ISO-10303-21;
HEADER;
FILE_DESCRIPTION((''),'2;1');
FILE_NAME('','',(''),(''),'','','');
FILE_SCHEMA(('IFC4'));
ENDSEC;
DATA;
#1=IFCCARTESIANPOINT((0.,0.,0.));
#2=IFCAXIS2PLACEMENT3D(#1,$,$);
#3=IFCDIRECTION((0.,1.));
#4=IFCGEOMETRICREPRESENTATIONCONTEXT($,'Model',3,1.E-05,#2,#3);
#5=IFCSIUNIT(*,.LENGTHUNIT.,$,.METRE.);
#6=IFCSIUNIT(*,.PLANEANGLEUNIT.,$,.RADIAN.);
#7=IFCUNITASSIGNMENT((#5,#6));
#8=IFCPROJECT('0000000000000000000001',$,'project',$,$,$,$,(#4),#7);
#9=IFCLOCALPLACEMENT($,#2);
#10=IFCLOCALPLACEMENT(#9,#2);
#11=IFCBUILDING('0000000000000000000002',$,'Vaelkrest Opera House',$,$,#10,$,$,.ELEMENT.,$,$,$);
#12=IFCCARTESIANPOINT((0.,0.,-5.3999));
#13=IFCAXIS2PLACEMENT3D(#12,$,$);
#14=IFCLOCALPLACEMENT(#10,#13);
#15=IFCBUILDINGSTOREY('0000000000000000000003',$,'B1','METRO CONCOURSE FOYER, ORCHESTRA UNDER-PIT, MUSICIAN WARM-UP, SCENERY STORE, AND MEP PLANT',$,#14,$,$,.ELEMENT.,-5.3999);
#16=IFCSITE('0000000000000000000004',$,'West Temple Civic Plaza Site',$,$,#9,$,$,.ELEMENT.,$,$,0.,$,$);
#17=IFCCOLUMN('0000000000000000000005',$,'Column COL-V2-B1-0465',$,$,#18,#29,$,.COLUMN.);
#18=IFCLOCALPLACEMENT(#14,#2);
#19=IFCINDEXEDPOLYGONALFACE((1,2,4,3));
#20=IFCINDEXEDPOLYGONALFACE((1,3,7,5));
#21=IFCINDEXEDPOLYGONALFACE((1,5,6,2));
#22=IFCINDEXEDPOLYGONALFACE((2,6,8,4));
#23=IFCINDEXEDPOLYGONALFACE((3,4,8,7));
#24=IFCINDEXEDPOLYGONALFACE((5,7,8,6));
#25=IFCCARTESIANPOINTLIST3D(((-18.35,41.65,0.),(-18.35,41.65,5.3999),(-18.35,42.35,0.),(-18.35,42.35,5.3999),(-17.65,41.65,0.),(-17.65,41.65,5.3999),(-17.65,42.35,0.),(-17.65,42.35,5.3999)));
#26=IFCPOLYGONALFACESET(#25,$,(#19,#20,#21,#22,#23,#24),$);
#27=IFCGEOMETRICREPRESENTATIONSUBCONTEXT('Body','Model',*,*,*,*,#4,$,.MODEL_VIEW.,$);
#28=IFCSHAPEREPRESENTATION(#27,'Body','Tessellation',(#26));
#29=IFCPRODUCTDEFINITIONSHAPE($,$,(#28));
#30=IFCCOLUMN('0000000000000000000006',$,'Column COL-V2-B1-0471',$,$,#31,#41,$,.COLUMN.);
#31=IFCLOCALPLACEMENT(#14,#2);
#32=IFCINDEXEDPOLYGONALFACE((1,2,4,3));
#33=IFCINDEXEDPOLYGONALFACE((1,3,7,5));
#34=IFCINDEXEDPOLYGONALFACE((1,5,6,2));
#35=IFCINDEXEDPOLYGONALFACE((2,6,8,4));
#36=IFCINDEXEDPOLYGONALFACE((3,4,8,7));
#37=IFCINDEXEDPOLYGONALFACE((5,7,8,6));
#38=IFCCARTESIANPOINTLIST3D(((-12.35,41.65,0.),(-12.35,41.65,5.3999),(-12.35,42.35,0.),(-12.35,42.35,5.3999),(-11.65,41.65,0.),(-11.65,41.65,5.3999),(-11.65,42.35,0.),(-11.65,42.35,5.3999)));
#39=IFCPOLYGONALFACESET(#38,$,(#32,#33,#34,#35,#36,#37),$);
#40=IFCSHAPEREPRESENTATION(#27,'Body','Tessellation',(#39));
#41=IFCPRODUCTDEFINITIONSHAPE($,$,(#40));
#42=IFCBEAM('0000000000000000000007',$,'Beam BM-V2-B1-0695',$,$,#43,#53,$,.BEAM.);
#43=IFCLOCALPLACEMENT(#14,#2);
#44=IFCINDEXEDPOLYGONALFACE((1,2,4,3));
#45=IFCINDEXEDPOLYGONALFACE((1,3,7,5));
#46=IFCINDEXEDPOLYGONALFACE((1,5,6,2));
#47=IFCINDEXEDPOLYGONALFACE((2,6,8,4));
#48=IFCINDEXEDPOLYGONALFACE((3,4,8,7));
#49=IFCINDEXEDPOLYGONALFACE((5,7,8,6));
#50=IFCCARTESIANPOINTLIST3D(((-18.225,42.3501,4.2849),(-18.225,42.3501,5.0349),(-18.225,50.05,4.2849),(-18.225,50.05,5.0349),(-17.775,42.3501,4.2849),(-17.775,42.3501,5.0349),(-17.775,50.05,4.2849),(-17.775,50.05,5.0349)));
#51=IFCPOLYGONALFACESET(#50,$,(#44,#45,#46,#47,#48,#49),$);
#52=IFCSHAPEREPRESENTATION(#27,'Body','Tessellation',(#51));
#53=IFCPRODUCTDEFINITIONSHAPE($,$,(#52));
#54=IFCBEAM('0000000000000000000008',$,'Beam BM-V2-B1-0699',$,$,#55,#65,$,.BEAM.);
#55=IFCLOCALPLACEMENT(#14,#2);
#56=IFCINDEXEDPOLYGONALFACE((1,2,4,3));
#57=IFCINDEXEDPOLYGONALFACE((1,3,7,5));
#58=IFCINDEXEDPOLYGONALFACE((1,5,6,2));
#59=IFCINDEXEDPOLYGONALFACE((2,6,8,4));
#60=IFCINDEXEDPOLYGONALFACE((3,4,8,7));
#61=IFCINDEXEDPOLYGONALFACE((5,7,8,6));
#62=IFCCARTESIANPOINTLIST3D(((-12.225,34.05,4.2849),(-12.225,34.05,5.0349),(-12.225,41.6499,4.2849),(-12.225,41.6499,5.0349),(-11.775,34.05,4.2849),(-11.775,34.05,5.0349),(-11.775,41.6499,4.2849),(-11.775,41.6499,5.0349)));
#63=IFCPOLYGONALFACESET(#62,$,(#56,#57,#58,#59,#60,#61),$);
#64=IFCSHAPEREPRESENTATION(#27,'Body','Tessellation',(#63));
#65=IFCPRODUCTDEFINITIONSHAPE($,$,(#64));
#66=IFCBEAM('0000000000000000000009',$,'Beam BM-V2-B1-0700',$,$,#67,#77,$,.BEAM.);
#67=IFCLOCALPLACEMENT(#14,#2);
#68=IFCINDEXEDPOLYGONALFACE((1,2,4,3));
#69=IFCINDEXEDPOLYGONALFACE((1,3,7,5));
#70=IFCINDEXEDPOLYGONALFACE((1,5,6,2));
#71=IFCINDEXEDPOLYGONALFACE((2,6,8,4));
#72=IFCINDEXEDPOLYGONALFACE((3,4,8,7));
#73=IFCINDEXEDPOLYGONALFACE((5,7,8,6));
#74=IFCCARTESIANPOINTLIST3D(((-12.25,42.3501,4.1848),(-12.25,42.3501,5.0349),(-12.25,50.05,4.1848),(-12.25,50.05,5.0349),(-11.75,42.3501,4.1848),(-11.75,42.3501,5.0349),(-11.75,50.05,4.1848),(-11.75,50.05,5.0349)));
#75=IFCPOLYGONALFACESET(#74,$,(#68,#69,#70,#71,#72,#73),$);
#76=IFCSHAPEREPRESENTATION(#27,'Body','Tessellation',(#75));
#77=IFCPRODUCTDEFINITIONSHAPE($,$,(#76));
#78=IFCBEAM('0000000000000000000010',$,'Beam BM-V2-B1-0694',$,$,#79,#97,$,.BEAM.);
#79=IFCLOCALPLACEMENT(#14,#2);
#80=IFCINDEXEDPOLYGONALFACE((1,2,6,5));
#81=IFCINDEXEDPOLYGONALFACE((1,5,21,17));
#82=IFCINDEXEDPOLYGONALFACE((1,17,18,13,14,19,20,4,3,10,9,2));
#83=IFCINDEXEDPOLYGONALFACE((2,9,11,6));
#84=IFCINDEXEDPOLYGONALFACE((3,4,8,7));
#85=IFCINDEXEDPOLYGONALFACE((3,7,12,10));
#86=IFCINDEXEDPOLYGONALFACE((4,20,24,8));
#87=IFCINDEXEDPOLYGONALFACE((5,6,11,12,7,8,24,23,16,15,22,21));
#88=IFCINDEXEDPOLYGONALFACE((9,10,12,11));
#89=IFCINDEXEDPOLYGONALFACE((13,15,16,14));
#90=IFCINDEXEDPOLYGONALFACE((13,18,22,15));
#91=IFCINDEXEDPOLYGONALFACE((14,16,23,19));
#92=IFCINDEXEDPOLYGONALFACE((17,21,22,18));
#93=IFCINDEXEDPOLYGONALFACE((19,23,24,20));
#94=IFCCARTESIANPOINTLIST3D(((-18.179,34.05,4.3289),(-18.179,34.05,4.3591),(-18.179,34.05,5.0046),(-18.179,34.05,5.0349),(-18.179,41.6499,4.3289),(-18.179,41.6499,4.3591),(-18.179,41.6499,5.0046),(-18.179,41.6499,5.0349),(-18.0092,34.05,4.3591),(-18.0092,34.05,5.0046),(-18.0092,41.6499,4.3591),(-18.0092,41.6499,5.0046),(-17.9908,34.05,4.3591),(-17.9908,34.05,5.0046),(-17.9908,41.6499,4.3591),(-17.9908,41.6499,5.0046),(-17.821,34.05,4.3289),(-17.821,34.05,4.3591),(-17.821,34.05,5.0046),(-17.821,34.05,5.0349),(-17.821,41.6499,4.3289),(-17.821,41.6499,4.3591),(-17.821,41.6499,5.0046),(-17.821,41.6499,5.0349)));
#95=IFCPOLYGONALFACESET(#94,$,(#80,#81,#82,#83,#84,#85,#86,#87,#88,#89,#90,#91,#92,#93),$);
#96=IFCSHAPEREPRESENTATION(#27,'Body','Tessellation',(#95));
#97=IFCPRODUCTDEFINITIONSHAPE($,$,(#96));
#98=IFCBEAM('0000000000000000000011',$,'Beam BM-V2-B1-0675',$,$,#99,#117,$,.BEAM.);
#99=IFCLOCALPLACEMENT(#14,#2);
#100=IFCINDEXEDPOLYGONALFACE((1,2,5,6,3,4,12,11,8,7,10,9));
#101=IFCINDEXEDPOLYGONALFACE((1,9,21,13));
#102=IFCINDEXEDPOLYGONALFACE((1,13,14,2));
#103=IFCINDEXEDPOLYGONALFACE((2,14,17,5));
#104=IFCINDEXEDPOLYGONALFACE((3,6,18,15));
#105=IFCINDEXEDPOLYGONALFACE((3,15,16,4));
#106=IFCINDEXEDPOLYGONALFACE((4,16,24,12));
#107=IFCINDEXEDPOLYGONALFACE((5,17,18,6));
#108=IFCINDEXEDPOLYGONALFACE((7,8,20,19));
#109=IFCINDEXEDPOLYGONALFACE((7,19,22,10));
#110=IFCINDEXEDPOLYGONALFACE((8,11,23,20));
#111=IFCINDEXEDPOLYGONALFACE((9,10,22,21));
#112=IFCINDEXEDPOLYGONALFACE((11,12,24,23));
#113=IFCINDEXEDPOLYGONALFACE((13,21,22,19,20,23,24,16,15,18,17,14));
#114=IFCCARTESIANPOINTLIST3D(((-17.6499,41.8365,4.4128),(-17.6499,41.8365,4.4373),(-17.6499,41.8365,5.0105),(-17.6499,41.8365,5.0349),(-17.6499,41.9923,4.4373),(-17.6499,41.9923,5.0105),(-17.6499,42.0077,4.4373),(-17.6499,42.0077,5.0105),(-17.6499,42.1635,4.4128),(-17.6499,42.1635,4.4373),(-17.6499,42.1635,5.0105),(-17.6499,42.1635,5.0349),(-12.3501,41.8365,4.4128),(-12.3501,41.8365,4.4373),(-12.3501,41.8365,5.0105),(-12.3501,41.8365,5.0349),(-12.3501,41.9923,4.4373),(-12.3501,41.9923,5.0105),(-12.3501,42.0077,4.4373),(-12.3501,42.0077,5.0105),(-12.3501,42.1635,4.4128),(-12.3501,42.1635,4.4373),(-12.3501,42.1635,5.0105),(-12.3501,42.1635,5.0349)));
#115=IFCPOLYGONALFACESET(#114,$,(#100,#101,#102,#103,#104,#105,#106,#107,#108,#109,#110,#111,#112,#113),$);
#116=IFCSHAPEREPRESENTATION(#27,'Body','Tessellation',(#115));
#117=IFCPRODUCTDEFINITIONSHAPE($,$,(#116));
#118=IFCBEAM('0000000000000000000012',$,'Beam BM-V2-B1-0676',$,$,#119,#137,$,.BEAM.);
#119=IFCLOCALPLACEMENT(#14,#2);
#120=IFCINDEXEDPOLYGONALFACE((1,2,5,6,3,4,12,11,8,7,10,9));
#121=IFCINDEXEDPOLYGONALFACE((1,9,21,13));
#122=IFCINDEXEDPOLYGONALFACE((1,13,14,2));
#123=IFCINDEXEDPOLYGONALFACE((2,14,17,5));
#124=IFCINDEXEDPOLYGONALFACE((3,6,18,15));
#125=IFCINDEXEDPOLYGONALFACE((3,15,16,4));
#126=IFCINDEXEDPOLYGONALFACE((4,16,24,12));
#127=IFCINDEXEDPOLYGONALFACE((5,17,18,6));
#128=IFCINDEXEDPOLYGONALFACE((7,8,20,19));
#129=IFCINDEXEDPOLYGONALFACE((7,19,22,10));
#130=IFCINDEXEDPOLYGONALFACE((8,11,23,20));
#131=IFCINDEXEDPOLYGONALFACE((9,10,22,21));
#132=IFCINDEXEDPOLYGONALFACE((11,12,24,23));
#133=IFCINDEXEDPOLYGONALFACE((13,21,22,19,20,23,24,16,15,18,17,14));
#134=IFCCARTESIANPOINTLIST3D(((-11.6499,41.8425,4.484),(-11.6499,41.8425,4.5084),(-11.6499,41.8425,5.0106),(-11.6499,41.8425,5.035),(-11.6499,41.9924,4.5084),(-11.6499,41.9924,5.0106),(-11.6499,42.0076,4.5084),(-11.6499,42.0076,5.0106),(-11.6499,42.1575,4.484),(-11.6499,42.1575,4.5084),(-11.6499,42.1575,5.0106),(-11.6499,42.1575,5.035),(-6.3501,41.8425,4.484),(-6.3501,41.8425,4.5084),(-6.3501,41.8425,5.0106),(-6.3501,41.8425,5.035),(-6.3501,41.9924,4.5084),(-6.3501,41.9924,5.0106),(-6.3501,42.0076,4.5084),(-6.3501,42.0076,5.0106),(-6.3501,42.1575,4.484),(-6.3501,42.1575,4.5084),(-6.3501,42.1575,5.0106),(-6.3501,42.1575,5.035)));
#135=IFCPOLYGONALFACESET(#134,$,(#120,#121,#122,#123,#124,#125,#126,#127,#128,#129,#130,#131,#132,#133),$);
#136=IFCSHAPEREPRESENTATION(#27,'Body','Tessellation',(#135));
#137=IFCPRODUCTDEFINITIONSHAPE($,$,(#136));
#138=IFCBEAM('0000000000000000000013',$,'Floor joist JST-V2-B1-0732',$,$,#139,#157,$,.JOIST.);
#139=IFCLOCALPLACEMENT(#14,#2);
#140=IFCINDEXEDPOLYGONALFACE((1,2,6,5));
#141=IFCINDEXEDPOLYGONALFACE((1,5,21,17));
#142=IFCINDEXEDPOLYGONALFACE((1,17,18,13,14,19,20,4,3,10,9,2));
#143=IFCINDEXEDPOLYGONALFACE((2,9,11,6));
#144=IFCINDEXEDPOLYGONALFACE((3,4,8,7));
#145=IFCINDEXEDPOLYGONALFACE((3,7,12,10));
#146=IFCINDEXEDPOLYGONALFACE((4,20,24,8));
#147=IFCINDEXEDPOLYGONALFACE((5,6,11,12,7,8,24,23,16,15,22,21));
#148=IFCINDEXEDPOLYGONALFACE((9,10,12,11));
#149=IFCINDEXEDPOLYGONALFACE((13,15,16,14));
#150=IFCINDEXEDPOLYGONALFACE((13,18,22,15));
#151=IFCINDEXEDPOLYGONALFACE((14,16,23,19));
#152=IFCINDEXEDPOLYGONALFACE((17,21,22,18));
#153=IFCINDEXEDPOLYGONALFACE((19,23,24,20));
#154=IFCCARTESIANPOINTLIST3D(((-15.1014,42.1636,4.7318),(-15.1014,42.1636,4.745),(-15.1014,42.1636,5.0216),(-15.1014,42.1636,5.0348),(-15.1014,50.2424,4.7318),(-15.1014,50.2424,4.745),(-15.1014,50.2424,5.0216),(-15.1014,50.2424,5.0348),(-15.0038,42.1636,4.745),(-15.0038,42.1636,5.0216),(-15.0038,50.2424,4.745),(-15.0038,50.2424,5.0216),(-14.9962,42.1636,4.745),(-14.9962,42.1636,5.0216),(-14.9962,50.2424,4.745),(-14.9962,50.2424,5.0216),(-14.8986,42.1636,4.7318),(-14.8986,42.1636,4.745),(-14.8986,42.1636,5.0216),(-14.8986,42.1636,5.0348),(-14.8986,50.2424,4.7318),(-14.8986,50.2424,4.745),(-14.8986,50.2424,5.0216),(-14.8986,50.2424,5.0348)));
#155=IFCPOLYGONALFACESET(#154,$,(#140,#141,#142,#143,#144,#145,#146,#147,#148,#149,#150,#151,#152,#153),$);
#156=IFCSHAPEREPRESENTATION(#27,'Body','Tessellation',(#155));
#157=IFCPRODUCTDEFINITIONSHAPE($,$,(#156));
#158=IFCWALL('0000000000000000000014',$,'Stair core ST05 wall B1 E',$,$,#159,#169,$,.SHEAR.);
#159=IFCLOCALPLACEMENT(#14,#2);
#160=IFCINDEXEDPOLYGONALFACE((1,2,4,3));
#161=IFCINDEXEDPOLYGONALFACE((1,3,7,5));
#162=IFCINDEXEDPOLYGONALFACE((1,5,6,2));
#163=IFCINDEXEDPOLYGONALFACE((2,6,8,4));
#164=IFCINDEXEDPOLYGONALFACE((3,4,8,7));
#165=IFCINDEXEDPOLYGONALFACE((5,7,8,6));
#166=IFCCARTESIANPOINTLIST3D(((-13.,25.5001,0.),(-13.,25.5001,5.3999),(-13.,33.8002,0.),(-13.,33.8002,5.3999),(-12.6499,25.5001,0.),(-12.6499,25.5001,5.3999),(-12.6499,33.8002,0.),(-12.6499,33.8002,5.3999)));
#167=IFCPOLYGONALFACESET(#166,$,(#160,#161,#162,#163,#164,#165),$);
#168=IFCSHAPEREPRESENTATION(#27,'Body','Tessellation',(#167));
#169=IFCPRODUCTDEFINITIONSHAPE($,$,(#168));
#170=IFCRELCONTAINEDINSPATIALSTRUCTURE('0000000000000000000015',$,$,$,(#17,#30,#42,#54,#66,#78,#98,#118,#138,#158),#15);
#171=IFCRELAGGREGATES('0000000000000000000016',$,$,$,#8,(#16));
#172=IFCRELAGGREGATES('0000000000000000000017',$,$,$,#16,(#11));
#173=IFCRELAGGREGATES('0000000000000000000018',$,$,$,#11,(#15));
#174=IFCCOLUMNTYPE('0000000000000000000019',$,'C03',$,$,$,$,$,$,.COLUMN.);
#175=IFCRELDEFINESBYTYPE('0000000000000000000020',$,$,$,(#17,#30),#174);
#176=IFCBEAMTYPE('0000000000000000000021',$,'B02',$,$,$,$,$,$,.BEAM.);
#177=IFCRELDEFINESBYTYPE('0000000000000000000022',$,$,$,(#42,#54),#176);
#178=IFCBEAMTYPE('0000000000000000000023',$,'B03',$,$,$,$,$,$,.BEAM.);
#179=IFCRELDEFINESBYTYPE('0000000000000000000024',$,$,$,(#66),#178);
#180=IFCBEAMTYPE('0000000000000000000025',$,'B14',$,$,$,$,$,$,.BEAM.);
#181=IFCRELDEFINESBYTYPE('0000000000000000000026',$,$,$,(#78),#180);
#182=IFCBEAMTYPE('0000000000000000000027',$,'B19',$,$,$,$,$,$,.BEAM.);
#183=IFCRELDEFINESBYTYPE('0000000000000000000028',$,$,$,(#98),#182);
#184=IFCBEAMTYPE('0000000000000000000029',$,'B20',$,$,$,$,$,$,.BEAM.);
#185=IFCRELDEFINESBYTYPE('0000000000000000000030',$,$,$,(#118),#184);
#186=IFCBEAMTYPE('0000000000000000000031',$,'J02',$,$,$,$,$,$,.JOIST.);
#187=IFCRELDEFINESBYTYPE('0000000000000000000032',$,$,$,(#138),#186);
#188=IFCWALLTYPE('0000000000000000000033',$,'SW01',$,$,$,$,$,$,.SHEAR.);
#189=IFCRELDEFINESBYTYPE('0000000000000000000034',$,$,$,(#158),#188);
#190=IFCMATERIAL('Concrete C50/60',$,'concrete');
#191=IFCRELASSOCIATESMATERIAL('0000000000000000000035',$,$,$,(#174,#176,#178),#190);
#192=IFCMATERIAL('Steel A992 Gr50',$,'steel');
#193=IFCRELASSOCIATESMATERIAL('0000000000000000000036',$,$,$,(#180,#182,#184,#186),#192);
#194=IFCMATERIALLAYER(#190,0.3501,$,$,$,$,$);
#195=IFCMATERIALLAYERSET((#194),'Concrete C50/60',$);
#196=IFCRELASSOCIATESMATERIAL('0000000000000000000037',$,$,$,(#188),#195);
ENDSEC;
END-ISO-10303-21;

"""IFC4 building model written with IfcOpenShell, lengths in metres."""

from ifc_helpers import new_model, si_unit, direction, frame, frame_2d, origin, origin_2d, place, context, subcontext, project, spatial, rectangle, i_section, extrude, material, layer, layer_set, material_profile, profile_set, type_object, element, save


model = new_model("IFC4")

# Units and contexts
model_context = context("Model", 3, precision=1e-05, world=origin(), true_north=direction((0.0, 1.0)))
body_context = subcontext(model_context, "Body", "Model", "MODEL_VIEW")
ifc_project = project(units=[si_unit("LENGTHUNIT", "METRE"), si_unit("PLANEANGLEUNIT", "RADIAN")], contexts=[model_context])

# Site, building, storey
site_placement = place(None, origin())
site = spatial("IfcSite", under=ifc_project, at=site_placement, Name="West Temple Civic Plaza Site", CompositionType="ELEMENT", RefElevation=0.0)
building_placement = place(site_placement, origin())
building = spatial("IfcBuilding", under=site, at=building_placement, Name="Vaelkrest Opera House", CompositionType="ELEMENT")
storey_placement = place(building_placement, frame((0.0, 0.0, -5.3999)))
storey = spatial("IfcBuildingStorey", under=building, at=storey_placement, Name="B1", Description="METRO CONCOURSE FOYER, ORCHESTRA UNDER-PIT, MUSICIAN WARM-UP, SCENERY STORE, AND MEP PLANT", CompositionType="ELEMENT", Elevation=-5.3999)

# Columns
ifc_material_1 = material(Name="Concrete C50/60", Category="concrete")
ifc_material_profile_1 = material_profile(ifc_material_1, rectangle(XDim=0.7, YDim=0.7, at=origin_2d()), Name="RC700X700")
ifc_profile_set_1 = profile_set([ifc_material_profile_1], Name="Concrete C50/60")
column_type = type_object("IfcColumnType", Name="C03", PredefinedType="COLUMN", material=ifc_profile_set_1)
for number, where, z_axis, x_axis, name in (
    (1, (-18.0, 42.0, 0.0), (0.0, 0.0, 1.0), (1.0, 0.0, 0.0), "Column COL-V2-B1-0465"),
    (2, (-12.0, 42.0, 0.0), (0.0, 0.0, 1.0), (1.0, 0.0, 0.0), "Column COL-V2-B1-0471"),
):
    element("IfcColumn", number, at=place(storey_placement, frame(where, z_axis=z_axis, x_axis=x_axis)), inside=storey, type_object=column_type, Name=name, PredefinedType="COLUMN", context=body_context, shape_type="SweptSolid", body=[
        extrude(rectangle(XDim=0.7, YDim=0.7, at=origin_2d()), origin(), (0.0, 0.0, 1.0), 5.3999),
    ])

# Beams
ifc_material_profile_2 = material_profile(ifc_material_1, rectangle(XDim=0.45, YDim=0.75, at=origin_2d()), Name="RCB450X750")
ifc_profile_set_2 = profile_set([ifc_material_profile_2], Name="Concrete C50/60")
beam_type_1 = type_object("IfcBeamType", Name="B02", PredefinedType="BEAM", material=ifc_profile_set_2)
beam_1_placement = place(storey_placement, frame((-18.0, 42.3501, 4.6599), z_axis=(0.0, 1.0, 0.0), x_axis=(-1.0, 0.0, 0.0)))
element("IfcBeam", 3, at=beam_1_placement, inside=storey, type_object=beam_type_1, Name="Beam BM-V2-B1-0695", PredefinedType="BEAM", context=body_context, shape_type="SweptSolid", body=[
    extrude(rectangle(XDim=0.45, YDim=0.75, at=origin_2d()), origin(), (0.0, 0.0, 1.0), 7.7),
])
beam_2_placement = place(storey_placement, frame((-12.0, 34.05, 4.6599), z_axis=(0.0, 1.0, 0.0), x_axis=(-1.0, 0.0, 0.0)))
element("IfcBeam", 4, at=beam_2_placement, inside=storey, type_object=beam_type_1, Name="Beam BM-V2-B1-0699", PredefinedType="BEAM", context=body_context, shape_type="SweptSolid", body=[
    extrude(rectangle(XDim=0.45, YDim=0.75, at=origin_2d()), origin(), (0.0, 0.0, 1.0), 7.5999),
])
ifc_material_profile_3 = material_profile(ifc_material_1, rectangle(XDim=0.5, YDim=0.8501, at=origin_2d()), Name="RCB500X850")
ifc_profile_set_3 = profile_set([ifc_material_profile_3], Name="Concrete C50/60")
beam_type_2 = type_object("IfcBeamType", Name="B03", PredefinedType="BEAM", material=ifc_profile_set_3)
beam_3_placement = place(storey_placement, frame((-12.0, 42.3501, 4.6099), z_axis=(0.0, 1.0, 0.0), x_axis=(-1.0, 0.0, 0.0)))
element("IfcBeam", 5, at=beam_3_placement, inside=storey, type_object=beam_type_2, Name="Beam BM-V2-B1-0700", PredefinedType="BEAM", context=body_context, shape_type="SweptSolid", body=[
    extrude(rectangle(XDim=0.5, YDim=0.8501, at=origin_2d()), origin(), (0.0, 0.0, 1.0), 7.7),
])
ifc_material_2 = material(Name="Steel A992 Gr50", Category="steel")
ifc_material_profile_4 = material_profile(ifc_material_2, i_section(OverallWidth=0.3579, OverallDepth=0.7061, WebThickness=0.0183, FlangeThickness=0.0303, at=origin_2d()), Name="W27X178")
ifc_profile_set_4 = profile_set([ifc_material_profile_4], Name="Steel A992 Gr50")
beam_type_3 = type_object("IfcBeamType", Name="B14", PredefinedType="BEAM", material=ifc_profile_set_4)
beam_4_placement = place(storey_placement, frame((-18.0, 34.05, 4.6819), z_axis=(0.0, 1.0, 0.0), x_axis=(-1.0, 0.0, 0.0)))
element("IfcBeam", 6, at=beam_4_placement, inside=storey, type_object=beam_type_3, Name="Beam BM-V2-B1-0694", PredefinedType="BEAM", context=body_context, shape_type="SweptSolid", body=[
    extrude(i_section(OverallWidth=0.3579, OverallDepth=0.7061, WebThickness=0.0183, FlangeThickness=0.0303, at=origin_2d()), origin(), (0.0, 0.0, 1.0), 7.5999),
])
ifc_material_profile_5 = material_profile(ifc_material_2, i_section(OverallWidth=0.3269, OverallDepth=0.6221, WebThickness=0.0154, FlangeThickness=0.0244, at=origin_2d()), Name="W24X131")
ifc_profile_set_5 = profile_set([ifc_material_profile_5], Name="Steel A992 Gr50")
beam_type_4 = type_object("IfcBeamType", Name="B19", PredefinedType="BEAM", material=ifc_profile_set_5)
beam_5_placement = place(storey_placement, frame((-17.6499, 42.0, 4.7239), z_axis=(1.0, 0.0, 0.0), x_axis=(0.0, 1.0, 0.0)))
element("IfcBeam", 7, at=beam_5_placement, inside=storey, type_object=beam_type_4, Name="Beam BM-V2-B1-0675", PredefinedType="BEAM", context=body_context, shape_type="SweptSolid", body=[
    extrude(i_section(OverallWidth=0.3269, OverallDepth=0.6221, WebThickness=0.0154, FlangeThickness=0.0244, at=origin_2d()), origin(), (0.0, 0.0, 1.0), 5.2998),
])
ifc_material_profile_6 = material_profile(ifc_material_2, i_section(OverallWidth=0.3149, OverallDepth=0.551, WebThickness=0.0151, FlangeThickness=0.0244, at=origin_2d()), Name="W21X122")
ifc_profile_set_6 = profile_set([ifc_material_profile_6], Name="Steel A992 Gr50")
beam_type_5 = type_object("IfcBeamType", Name="B20", PredefinedType="BEAM", material=ifc_profile_set_6)
beam_6_placement = place(storey_placement, frame((-11.6499, 42.0, 4.7595), z_axis=(1.0, 0.0, 0.0), x_axis=(0.0, 1.0, 0.0)))
element("IfcBeam", 8, at=beam_6_placement, inside=storey, type_object=beam_type_5, Name="Beam BM-V2-B1-0676", PredefinedType="BEAM", context=body_context, shape_type="SweptSolid", body=[
    extrude(i_section(OverallWidth=0.3149, OverallDepth=0.551, WebThickness=0.0151, FlangeThickness=0.0244, at=origin_2d()), origin(), (0.0, 0.0, 1.0), 5.2998),
])
ifc_material_profile_7 = material_profile(ifc_material_2, i_section(OverallWidth=0.2029, OverallDepth=0.303, WebThickness=0.0076, FlangeThickness=0.0132, at=origin_2d()), Name="W12X40")
ifc_profile_set_7 = profile_set([ifc_material_profile_7], Name="Steel A992 Gr50")
beam_type_6 = type_object("IfcBeamType", Name="J02", PredefinedType="JOIST", material=ifc_profile_set_7)
beam_7_placement = place(storey_placement, frame((-15.0, 42.1636, 4.8833), z_axis=(0.0, 1.0, 0.0), x_axis=(-1.0, 0.0, 0.0)))
element("IfcBeam", 9, at=beam_7_placement, inside=storey, type_object=beam_type_6, Name="Floor joist JST-V2-B1-0732", PredefinedType="JOIST", context=body_context, shape_type="SweptSolid", body=[
    extrude(i_section(OverallWidth=0.2029, OverallDepth=0.303, WebThickness=0.0076, FlangeThickness=0.0132, at=origin_2d()), origin(), (0.0, 0.0, 1.0), 8.0789),
])

# Shared definitions
ifc_layer_1 = layer(ifc_material_1, 0.3501)
ifc_layer_set_1 = layer_set([ifc_layer_1], Name="Concrete C50/60")
wall_type_1 = type_object("IfcWallType", Name="SW01", PredefinedType="SHEAR", material=ifc_layer_set_1)

# Wall
wall_1_placement = place(storey_placement, frame((-12.825, 33.8, 0.0), z_axis=(0.0, 0.0, 1.0), x_axis=(0.0, -1.0, 0.0)))
element("IfcWall", 10, at=wall_1_placement, inside=storey, type_object=wall_type_1, Name="Stair core ST05 wall B1 E", PredefinedType="SHEAR", context=body_context, shape_type="SweptSolid", body=[
    extrude(rectangle(XDim=8.3, YDim=0.3501, at=frame_2d((4.1499, 0.0))), origin(), (0.0, 0.0, 1.0), 5.3999),
])

save(model, "model.ifc")
